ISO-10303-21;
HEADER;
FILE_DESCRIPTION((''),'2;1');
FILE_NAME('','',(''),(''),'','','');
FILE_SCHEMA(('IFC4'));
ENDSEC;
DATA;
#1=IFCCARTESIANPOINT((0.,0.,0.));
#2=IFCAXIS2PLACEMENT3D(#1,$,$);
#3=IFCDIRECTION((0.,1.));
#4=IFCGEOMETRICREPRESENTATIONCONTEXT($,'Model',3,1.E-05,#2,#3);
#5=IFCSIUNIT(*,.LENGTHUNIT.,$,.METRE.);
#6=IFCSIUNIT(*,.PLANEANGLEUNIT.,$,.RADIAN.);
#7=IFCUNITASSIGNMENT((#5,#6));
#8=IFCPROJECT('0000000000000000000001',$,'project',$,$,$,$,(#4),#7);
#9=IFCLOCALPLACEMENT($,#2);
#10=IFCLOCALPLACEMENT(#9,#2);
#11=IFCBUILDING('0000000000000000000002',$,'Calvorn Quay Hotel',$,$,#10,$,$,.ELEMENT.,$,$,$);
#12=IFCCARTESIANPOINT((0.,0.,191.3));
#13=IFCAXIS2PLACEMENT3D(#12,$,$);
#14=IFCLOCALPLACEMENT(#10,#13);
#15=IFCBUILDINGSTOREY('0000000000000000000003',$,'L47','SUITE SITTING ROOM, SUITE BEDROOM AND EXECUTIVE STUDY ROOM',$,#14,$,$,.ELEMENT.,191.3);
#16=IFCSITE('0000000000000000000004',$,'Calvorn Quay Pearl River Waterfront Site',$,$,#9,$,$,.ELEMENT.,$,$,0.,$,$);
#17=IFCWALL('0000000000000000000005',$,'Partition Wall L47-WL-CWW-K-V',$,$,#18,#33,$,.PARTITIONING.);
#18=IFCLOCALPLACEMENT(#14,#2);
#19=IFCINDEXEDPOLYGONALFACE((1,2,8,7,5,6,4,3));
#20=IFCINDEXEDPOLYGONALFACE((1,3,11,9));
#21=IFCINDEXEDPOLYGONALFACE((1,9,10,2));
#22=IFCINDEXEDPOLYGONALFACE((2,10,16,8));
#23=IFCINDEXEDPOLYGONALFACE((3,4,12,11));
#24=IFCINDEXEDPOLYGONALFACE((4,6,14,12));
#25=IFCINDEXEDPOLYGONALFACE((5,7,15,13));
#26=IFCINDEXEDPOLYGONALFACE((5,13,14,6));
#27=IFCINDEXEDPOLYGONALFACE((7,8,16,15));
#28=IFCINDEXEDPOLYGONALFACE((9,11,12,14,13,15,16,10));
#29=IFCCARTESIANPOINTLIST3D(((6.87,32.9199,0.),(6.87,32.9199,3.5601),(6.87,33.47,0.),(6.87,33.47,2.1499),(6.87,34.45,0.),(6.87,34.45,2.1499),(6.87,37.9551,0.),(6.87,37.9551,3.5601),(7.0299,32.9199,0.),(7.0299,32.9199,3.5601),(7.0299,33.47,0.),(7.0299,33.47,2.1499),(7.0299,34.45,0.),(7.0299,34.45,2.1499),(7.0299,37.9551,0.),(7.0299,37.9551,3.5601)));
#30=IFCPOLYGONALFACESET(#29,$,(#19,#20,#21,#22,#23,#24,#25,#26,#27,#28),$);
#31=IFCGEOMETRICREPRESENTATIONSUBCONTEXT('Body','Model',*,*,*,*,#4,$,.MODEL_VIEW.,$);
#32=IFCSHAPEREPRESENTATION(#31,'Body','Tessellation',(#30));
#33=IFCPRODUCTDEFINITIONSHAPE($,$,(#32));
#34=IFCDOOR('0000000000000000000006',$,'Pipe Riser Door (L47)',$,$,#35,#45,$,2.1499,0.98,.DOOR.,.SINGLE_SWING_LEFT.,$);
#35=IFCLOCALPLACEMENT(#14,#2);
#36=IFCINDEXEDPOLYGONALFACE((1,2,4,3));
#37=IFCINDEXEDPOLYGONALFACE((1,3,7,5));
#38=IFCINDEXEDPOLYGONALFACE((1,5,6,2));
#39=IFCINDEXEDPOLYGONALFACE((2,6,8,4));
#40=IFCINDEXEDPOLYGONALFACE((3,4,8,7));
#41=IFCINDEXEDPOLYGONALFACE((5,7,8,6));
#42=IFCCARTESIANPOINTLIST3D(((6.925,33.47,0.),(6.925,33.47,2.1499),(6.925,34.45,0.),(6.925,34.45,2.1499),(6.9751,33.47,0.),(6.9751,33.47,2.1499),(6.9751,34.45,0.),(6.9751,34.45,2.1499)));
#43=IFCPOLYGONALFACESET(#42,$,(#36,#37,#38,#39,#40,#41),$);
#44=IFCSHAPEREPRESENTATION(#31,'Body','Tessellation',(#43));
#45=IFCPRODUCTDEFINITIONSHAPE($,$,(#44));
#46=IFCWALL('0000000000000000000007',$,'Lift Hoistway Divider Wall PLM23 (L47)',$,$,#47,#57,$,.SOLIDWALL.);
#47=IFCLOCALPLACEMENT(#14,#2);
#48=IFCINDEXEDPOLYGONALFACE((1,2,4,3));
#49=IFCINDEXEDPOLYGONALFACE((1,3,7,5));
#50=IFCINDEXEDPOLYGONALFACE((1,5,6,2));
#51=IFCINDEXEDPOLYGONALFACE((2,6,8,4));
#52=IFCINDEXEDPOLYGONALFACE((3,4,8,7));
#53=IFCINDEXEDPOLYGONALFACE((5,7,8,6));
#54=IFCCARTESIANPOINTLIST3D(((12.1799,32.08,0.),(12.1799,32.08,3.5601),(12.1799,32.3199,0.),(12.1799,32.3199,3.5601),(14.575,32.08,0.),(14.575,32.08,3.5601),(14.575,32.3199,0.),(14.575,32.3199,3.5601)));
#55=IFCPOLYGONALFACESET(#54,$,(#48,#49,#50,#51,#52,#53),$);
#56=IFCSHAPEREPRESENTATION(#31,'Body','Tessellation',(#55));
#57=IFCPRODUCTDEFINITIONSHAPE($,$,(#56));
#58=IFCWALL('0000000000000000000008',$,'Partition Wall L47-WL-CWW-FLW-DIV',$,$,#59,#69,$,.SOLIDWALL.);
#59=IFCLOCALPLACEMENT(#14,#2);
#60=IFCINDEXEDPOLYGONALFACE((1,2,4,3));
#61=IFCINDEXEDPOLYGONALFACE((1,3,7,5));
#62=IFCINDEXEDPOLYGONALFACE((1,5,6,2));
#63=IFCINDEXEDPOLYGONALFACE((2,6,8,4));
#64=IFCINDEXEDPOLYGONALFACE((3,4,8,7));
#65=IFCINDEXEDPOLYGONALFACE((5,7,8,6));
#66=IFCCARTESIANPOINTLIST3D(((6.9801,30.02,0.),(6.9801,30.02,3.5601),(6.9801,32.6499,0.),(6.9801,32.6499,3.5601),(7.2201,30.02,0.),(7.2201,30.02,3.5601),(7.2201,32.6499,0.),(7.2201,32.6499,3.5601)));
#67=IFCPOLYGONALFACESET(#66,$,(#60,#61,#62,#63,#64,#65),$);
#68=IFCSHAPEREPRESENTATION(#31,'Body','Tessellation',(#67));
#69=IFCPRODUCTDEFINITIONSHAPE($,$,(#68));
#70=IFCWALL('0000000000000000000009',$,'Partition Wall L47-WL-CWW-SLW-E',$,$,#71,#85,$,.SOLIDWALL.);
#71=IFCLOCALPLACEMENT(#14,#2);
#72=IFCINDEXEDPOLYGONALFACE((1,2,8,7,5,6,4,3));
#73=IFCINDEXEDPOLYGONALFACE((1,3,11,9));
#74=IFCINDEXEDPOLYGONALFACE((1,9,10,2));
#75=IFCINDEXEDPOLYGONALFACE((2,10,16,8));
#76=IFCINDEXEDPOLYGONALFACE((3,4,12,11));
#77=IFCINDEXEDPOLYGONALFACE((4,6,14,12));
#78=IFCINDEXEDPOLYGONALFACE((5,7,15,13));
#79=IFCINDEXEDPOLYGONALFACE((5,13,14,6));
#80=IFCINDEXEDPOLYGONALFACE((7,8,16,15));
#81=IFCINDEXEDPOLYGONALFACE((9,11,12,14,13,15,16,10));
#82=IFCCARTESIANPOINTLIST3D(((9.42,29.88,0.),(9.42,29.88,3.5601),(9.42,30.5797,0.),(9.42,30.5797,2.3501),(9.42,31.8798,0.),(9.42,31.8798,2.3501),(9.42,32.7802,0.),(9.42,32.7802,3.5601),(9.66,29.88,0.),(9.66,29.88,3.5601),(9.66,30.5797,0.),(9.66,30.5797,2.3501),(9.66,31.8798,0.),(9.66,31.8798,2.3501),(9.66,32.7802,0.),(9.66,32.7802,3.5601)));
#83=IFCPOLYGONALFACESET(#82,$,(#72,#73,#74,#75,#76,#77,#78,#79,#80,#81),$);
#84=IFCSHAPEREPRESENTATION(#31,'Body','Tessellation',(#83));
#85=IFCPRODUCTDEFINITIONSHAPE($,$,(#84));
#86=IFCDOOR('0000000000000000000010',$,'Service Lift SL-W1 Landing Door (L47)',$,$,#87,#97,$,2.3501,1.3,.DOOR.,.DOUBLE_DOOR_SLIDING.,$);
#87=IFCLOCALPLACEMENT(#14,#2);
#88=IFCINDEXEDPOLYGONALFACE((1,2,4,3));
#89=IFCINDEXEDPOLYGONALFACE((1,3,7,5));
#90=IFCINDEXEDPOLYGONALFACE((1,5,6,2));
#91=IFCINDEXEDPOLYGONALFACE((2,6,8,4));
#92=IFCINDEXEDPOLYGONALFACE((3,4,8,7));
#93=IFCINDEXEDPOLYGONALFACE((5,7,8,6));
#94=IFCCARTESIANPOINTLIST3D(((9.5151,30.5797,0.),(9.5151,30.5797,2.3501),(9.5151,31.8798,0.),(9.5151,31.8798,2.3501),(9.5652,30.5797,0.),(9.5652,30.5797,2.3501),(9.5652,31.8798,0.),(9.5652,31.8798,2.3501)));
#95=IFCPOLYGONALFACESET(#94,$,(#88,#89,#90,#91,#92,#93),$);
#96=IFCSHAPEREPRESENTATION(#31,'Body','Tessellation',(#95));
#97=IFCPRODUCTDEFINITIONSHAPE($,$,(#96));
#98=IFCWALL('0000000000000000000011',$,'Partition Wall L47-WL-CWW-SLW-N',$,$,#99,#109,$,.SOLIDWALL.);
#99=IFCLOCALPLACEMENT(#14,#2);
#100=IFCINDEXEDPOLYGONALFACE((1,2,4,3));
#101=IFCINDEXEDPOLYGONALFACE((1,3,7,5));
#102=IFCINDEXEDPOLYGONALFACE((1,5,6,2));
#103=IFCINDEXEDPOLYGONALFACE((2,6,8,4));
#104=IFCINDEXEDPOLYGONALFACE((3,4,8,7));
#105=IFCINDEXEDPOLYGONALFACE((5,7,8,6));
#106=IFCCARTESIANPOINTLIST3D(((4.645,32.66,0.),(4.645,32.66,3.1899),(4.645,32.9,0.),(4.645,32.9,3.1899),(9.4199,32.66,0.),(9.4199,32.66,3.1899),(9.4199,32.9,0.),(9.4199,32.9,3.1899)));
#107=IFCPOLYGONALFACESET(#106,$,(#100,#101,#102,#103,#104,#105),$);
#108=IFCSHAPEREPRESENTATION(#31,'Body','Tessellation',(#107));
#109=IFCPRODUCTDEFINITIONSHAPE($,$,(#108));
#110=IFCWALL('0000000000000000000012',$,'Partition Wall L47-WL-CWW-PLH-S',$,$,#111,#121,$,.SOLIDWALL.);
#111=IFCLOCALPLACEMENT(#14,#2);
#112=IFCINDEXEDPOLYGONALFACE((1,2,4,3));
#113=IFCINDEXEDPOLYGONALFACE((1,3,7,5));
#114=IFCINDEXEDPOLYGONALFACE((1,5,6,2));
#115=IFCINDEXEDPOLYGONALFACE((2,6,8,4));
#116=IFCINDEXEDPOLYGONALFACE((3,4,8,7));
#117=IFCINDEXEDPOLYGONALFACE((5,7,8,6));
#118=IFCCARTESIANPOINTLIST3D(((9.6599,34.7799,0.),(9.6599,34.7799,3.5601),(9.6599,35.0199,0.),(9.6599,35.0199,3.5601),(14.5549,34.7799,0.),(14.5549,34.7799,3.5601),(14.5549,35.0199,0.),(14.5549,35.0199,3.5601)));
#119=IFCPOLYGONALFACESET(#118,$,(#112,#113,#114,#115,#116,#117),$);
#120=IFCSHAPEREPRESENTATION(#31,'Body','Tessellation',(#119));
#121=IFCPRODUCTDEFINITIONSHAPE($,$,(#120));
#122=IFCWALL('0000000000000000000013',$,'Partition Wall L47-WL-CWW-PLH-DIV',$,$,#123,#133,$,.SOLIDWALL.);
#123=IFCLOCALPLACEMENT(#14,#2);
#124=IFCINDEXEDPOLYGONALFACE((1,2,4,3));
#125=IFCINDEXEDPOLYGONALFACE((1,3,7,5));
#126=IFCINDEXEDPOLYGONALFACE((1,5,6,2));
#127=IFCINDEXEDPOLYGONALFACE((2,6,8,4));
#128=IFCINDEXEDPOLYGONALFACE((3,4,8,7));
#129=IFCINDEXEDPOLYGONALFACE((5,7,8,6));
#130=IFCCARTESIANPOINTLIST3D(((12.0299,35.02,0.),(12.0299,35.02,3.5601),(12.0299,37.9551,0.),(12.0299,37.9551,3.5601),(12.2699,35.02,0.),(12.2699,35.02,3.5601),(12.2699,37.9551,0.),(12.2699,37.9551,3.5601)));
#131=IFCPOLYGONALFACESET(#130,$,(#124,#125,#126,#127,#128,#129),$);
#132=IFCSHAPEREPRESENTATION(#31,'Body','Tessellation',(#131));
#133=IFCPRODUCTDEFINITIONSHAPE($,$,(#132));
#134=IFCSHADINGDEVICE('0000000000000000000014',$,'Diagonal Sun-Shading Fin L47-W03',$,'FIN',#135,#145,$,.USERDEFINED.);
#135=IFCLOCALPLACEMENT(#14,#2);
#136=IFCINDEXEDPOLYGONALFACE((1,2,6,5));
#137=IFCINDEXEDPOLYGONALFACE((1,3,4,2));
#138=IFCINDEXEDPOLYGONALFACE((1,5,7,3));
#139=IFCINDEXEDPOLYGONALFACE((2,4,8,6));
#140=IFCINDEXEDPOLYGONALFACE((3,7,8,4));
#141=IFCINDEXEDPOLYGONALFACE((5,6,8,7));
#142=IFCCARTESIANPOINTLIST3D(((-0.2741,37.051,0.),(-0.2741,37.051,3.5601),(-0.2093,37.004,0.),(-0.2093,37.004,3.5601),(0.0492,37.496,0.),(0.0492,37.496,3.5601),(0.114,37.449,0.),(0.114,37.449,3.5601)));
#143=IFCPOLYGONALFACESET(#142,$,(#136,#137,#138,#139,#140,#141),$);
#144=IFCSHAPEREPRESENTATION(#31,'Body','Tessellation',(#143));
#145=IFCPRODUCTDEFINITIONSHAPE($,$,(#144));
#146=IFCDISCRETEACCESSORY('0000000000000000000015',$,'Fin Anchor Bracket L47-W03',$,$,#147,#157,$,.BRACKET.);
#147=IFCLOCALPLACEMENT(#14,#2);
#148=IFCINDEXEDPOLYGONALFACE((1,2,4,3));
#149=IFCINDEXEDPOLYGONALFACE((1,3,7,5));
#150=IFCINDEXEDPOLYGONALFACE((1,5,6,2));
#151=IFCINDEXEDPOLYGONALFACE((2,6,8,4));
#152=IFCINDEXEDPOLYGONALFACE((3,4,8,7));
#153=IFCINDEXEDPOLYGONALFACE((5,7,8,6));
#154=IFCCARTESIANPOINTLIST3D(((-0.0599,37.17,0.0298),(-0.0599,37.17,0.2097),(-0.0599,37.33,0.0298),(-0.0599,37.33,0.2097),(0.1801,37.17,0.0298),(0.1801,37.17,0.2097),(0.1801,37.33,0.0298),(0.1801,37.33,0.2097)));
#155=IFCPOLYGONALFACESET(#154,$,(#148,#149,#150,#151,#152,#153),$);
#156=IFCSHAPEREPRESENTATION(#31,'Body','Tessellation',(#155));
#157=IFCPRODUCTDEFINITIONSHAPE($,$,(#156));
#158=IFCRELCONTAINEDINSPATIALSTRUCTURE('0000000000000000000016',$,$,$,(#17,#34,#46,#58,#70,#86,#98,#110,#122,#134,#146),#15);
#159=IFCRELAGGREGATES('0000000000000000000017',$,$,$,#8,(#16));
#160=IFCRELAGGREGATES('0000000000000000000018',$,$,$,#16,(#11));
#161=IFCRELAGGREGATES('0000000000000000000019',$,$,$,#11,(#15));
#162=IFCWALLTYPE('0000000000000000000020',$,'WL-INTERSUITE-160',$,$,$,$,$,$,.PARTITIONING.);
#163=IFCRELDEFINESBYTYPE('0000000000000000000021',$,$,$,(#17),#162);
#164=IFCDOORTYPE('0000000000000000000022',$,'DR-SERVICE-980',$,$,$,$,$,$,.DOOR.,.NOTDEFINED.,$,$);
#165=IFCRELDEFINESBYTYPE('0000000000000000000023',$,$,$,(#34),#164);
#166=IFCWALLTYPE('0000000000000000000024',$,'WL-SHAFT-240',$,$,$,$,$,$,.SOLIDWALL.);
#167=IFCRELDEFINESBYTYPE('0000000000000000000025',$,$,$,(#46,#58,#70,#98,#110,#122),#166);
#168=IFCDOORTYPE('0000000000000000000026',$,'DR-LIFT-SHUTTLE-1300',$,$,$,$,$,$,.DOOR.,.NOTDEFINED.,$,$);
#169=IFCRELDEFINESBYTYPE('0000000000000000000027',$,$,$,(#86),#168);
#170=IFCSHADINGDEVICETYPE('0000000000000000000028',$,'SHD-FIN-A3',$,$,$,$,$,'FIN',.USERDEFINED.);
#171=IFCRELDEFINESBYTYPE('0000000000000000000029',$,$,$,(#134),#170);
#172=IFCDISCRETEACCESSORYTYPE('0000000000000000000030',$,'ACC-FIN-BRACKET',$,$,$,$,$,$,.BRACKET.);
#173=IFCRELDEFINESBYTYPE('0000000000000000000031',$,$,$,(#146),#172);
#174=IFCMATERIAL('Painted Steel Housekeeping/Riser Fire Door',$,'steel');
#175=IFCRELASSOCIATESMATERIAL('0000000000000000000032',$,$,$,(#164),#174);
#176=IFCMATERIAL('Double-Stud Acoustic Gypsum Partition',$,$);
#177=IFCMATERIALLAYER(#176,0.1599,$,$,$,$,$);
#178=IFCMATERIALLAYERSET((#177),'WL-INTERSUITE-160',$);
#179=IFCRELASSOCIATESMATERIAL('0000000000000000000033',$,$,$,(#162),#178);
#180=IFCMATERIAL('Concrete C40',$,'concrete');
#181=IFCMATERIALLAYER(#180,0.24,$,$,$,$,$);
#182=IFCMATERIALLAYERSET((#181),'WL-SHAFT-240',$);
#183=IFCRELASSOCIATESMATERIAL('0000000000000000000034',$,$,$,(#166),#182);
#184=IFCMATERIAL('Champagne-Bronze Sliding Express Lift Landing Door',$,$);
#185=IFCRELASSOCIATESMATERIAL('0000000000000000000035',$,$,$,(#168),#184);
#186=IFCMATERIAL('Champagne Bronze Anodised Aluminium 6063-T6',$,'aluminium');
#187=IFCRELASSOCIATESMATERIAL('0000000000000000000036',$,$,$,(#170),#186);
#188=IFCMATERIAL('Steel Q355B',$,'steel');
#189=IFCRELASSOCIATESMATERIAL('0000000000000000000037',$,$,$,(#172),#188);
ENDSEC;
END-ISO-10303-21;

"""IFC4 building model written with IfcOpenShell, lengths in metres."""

from ifc_helpers import new_model, si_unit, direction, frame, frame_2d, origin, origin_2d, place, context, subcontext, project, spatial, rectangle, extrude, material, layer, layer_set, type_object, element, fill, save


model = new_model("IFC4")

# Units and contexts
model_context = context("Model", 3, precision=1e-05, world=origin(), true_north=direction((0.0, 1.0)))
body_context = subcontext(model_context, "Body", "Model", "MODEL_VIEW")
ifc_project = project(units=[si_unit("LENGTHUNIT", "METRE"), si_unit("PLANEANGLEUNIT", "RADIAN")], contexts=[model_context])

# Site, building, storey
site_placement = place(None, origin())
site = spatial("IfcSite", under=ifc_project, at=site_placement, Name="Calvorn Quay Pearl River Waterfront Site", CompositionType="ELEMENT", RefElevation=0.0)
building_placement = place(site_placement, origin())
building = spatial("IfcBuilding", under=site, at=building_placement, Name="Calvorn Quay Hotel", CompositionType="ELEMENT")
storey_placement = place(building_placement, frame((0.0, 0.0, 191.3)))
storey = spatial("IfcBuildingStorey", under=building, at=storey_placement, Name="L47", Description="SUITE SITTING ROOM, SUITE BEDROOM AND EXECUTIVE STUDY ROOM", CompositionType="ELEMENT", Elevation=191.3)

# Wall, opening, door
ifc_material_1 = material(Name="Painted Steel Housekeeping/Riser Fire Door", Category="steel")
door_type_1 = type_object("IfcDoorType", Name="DR-SERVICE-980", OperationType="NOTDEFINED", PredefinedType="DOOR", material=ifc_material_1)
ifc_material_2 = material(Name="Double-Stud Acoustic Gypsum Partition")
ifc_layer_1 = layer(ifc_material_2, 0.1599)
ifc_layer_set_1 = layer_set([ifc_layer_1], Name="WL-INTERSUITE-160")
wall_type_1 = type_object("IfcWallType", Name="WL-INTERSUITE-160", PredefinedType="PARTITIONING", material=ifc_layer_set_1)
wall_1_placement = place(storey_placement, frame((6.95, 32.9199, 0.0), z_axis=(0.0, 0.0, 1.0), x_axis=(0.0, 1.0, 0.0)))
wall_1 = element("IfcWall", 1, at=wall_1_placement, inside=storey, type_object=wall_type_1, Name="Partition Wall L47-WL-CWW-K-V", PredefinedType="PARTITIONING", context=body_context, shape_type="SweptSolid", body=[
    extrude(rectangle(XDim=5.0352, YDim=0.1599, at=frame_2d((2.5176, 0.0))), origin(), (0.0, 0.0, 1.0), 3.5601),
])
opening_1_placement = place(wall_1_placement, frame((0.55, 0.0, 0.0)))
opening_1 = element("IfcOpeningElement", 2, at=opening_1_placement, cuts=wall_1, PredefinedType="OPENING", context=body_context, shape_type="SweptSolid", body=[
    extrude(rectangle(XDim=0.98, YDim=2.1499, at=frame_2d((0.49, 1.075))), frame((0.0, 0.0898, 0.0), z_axis=(0.0, -1.0, 0.0), x_axis=(1.0, 0.0, 0.0)), (0.0, 0.0, 1.0), 0.1799),
])
door_1_placement = place(opening_1_placement, origin())
door_1 = element("IfcDoor", 3, at=door_1_placement, inside=storey, type_object=door_type_1, Name="Pipe Riser Door (L47)", OperationType="SINGLE_SWING_LEFT", OverallHeight=2.1499, OverallWidth=0.98, PredefinedType="DOOR", context=body_context, shape_type="SweptSolid", body=[
    extrude(rectangle(XDim=0.98, YDim=2.1499, at=frame_2d((0.49, 1.075))), frame((0.0, 0.0249, 0.0), z_axis=(0.0, -1.0, 0.0), x_axis=(1.0, 0.0, 0.0)), (0.0, 0.0, 1.0), 0.05),
])
fill(opening_1, door_1)

# Walls
ifc_material_3 = material(Name="Concrete C40", Category="concrete")
ifc_layer_2 = layer(ifc_material_3, 0.24)
ifc_layer_set_2 = layer_set([ifc_layer_2], Name="WL-SHAFT-240")
wall_type_2 = type_object("IfcWallType", Name="WL-SHAFT-240", PredefinedType="SOLIDWALL", material=ifc_layer_set_2)
wall_2_placement = place(storey_placement, frame((12.1799, 32.2, 0.0), z_axis=(0.0, 0.0, 1.0), x_axis=(1.0, 0.0, 0.0)))
element("IfcWall", 4, at=wall_2_placement, inside=storey, type_object=wall_type_2, Name="Lift Hoistway Divider Wall PLM23 (L47)", PredefinedType="SOLIDWALL", context=body_context, shape_type="SweptSolid", body=[
    extrude(rectangle(XDim=2.395, YDim=0.24, at=frame_2d((1.1975, 0.0))), origin(), (0.0, 0.0, 1.0), 3.5601),
])
wall_3_placement = place(storey_placement, frame((7.1001, 30.02, 0.0), z_axis=(0.0, 0.0, 1.0), x_axis=(0.0, 1.0, 0.0)))
element("IfcWall", 5, at=wall_3_placement, inside=storey, type_object=wall_type_2, Name="Partition Wall L47-WL-CWW-FLW-DIV", PredefinedType="SOLIDWALL", context=body_context, shape_type="SweptSolid", body=[
    extrude(rectangle(XDim=2.6299, YDim=0.24, at=frame_2d((1.3149, 0.0))), origin(), (0.0, 0.0, 1.0), 3.5601),
])

# Wall, opening, door
wall_4_placement = place(storey_placement, frame((9.54, 29.8799, 0.0), z_axis=(0.0, 0.0, 1.0), x_axis=(0.0, 1.0, 0.0)))
wall_4 = element("IfcWall", 6, at=wall_4_placement, inside=storey, type_object=wall_type_2, Name="Partition Wall L47-WL-CWW-SLW-E", PredefinedType="SOLIDWALL", context=body_context, shape_type="SweptSolid", body=[
    extrude(rectangle(XDim=2.9001, YDim=0.24, at=frame_2d((1.4502, 0.0))), origin(), (0.0, 0.0, 1.0), 3.5601),
])
opening_2_placement = place(wall_4_placement, frame((0.7, 0.0, 0.0)))
opening_2 = element("IfcOpeningElement", 7, at=opening_2_placement, cuts=wall_4, PredefinedType="OPENING", context=body_context, shape_type="SweptSolid", body=[
    extrude(rectangle(XDim=1.3, YDim=2.3501, at=frame_2d((0.6499, 1.175))), frame((0.0, 0.1299, 0.0), z_axis=(0.0, -1.0, 0.0), x_axis=(1.0, 0.0, 0.0)), (0.0, 0.0, 1.0), 0.26),
])
ifc_material_4 = material(Name="Champagne-Bronze Sliding Express Lift Landing Door")
door_type_2 = type_object("IfcDoorType", Name="DR-LIFT-SHUTTLE-1300", OperationType="NOTDEFINED", PredefinedType="DOOR", material=ifc_material_4)
door_2_placement = place(opening_2_placement, origin())
door_2 = element("IfcDoor", 8, at=door_2_placement, inside=storey, type_object=door_type_2, Name="Service Lift SL-W1 Landing Door (L47)", OperationType="DOUBLE_DOOR_SLIDING", OverallHeight=2.3501, OverallWidth=1.3, PredefinedType="DOOR", context=body_context, shape_type="SweptSolid", body=[
    extrude(rectangle(XDim=1.3, YDim=2.3501, at=frame_2d((0.6499, 1.175))), frame((0.0, 0.0249, 0.0), z_axis=(0.0, -1.0, 0.0), x_axis=(1.0, 0.0, 0.0)), (0.0, 0.0, 1.0), 0.05),
])
fill(opening_2, door_2)

# Walls
wall_5_placement = place(storey_placement, frame((4.645, 32.78, 0.0), z_axis=(0.0, 0.0, 1.0), x_axis=(1.0, 0.0, 0.0)))
element("IfcWall", 9, at=wall_5_placement, inside=storey, type_object=wall_type_2, Name="Partition Wall L47-WL-CWW-SLW-N", PredefinedType="SOLIDWALL", context=body_context, shape_type="SweptSolid", body=[
    extrude(rectangle(XDim=4.7749, YDim=0.24, at=frame_2d((2.3875, 0.0))), origin(), (0.0, 0.0, 1.0), 3.1899),
])
wall_6_placement = place(storey_placement, frame((9.6599, 34.8999, 0.0), z_axis=(0.0, 0.0, 1.0), x_axis=(1.0, 0.0, 0.0)))
element("IfcWall", 10, at=wall_6_placement, inside=storey, type_object=wall_type_2, Name="Partition Wall L47-WL-CWW-PLH-S", PredefinedType="SOLIDWALL", context=body_context, shape_type="SweptSolid", body=[
    extrude(rectangle(XDim=4.895, YDim=0.24, at=frame_2d((2.4475, 0.0))), origin(), (0.0, 0.0, 1.0), 3.5601),
])
wall_7_placement = place(storey_placement, frame((12.1499, 35.02, 0.0), z_axis=(0.0, 0.0, 1.0), x_axis=(0.0, 1.0, 0.0)))
element("IfcWall", 11, at=wall_7_placement, inside=storey, type_object=wall_type_2, Name="Partition Wall L47-WL-CWW-PLH-DIV", PredefinedType="SOLIDWALL", context=body_context, shape_type="SweptSolid", body=[
    extrude(rectangle(XDim=2.9351, YDim=0.24, at=frame_2d((1.4675, 0.0))), origin(), (0.0, 0.0, 1.0), 3.5601),
])

# Shading device
ifc_material_5 = material(Name="Champagne Bronze Anodised Aluminium 6063-T6", Category="aluminium")
shading_device_type = type_object("IfcShadingDeviceType", Name="SHD-FIN-A3", ElementType="FIN", PredefinedType="USERDEFINED", material=ifc_material_5)
shading_device_placement = place(storey_placement, frame((-0.0801, 37.25, 0.0), z_axis=(0.0, 0.0, 1.0), x_axis=(0.587785, 0.809017, 0.0)))
element("IfcShadingDevice", 12, at=shading_device_placement, inside=storey, type_object=shading_device_type, Name="Diagonal Sun-Shading Fin L47-W03", ObjectType="FIN", PredefinedType="USERDEFINED", context=body_context, shape_type="SweptSolid", body=[
    extrude(rectangle(XDim=0.55, YDim=0.0801, at=origin_2d()), origin(), (0.0, 0.0, 1.0), 3.5601),
])

# Discrete accessory
ifc_material_6 = material(Name="Steel Q355B", Category="steel")
discrete_accessory_type = type_object("IfcDiscreteAccessoryType", Name="ACC-FIN-BRACKET", PredefinedType="BRACKET", material=ifc_material_6)
discrete_accessory_placement = place(storey_placement, frame((0.0601, 37.25, 0.0298), z_axis=(0.0, 0.0, 1.0), x_axis=(1.0, 0.0, 0.0)))
element("IfcDiscreteAccessory", 13, at=discrete_accessory_placement, inside=storey, type_object=discrete_accessory_type, Name="Fin Anchor Bracket L47-W03", PredefinedType="BRACKET", context=body_context, shape_type="SweptSolid", body=[
    extrude(rectangle(XDim=0.24, YDim=0.1599, at=origin_2d()), origin(), (0.0, 0.0, 1.0), 0.1799),
])

save(model, "model.ifc")
